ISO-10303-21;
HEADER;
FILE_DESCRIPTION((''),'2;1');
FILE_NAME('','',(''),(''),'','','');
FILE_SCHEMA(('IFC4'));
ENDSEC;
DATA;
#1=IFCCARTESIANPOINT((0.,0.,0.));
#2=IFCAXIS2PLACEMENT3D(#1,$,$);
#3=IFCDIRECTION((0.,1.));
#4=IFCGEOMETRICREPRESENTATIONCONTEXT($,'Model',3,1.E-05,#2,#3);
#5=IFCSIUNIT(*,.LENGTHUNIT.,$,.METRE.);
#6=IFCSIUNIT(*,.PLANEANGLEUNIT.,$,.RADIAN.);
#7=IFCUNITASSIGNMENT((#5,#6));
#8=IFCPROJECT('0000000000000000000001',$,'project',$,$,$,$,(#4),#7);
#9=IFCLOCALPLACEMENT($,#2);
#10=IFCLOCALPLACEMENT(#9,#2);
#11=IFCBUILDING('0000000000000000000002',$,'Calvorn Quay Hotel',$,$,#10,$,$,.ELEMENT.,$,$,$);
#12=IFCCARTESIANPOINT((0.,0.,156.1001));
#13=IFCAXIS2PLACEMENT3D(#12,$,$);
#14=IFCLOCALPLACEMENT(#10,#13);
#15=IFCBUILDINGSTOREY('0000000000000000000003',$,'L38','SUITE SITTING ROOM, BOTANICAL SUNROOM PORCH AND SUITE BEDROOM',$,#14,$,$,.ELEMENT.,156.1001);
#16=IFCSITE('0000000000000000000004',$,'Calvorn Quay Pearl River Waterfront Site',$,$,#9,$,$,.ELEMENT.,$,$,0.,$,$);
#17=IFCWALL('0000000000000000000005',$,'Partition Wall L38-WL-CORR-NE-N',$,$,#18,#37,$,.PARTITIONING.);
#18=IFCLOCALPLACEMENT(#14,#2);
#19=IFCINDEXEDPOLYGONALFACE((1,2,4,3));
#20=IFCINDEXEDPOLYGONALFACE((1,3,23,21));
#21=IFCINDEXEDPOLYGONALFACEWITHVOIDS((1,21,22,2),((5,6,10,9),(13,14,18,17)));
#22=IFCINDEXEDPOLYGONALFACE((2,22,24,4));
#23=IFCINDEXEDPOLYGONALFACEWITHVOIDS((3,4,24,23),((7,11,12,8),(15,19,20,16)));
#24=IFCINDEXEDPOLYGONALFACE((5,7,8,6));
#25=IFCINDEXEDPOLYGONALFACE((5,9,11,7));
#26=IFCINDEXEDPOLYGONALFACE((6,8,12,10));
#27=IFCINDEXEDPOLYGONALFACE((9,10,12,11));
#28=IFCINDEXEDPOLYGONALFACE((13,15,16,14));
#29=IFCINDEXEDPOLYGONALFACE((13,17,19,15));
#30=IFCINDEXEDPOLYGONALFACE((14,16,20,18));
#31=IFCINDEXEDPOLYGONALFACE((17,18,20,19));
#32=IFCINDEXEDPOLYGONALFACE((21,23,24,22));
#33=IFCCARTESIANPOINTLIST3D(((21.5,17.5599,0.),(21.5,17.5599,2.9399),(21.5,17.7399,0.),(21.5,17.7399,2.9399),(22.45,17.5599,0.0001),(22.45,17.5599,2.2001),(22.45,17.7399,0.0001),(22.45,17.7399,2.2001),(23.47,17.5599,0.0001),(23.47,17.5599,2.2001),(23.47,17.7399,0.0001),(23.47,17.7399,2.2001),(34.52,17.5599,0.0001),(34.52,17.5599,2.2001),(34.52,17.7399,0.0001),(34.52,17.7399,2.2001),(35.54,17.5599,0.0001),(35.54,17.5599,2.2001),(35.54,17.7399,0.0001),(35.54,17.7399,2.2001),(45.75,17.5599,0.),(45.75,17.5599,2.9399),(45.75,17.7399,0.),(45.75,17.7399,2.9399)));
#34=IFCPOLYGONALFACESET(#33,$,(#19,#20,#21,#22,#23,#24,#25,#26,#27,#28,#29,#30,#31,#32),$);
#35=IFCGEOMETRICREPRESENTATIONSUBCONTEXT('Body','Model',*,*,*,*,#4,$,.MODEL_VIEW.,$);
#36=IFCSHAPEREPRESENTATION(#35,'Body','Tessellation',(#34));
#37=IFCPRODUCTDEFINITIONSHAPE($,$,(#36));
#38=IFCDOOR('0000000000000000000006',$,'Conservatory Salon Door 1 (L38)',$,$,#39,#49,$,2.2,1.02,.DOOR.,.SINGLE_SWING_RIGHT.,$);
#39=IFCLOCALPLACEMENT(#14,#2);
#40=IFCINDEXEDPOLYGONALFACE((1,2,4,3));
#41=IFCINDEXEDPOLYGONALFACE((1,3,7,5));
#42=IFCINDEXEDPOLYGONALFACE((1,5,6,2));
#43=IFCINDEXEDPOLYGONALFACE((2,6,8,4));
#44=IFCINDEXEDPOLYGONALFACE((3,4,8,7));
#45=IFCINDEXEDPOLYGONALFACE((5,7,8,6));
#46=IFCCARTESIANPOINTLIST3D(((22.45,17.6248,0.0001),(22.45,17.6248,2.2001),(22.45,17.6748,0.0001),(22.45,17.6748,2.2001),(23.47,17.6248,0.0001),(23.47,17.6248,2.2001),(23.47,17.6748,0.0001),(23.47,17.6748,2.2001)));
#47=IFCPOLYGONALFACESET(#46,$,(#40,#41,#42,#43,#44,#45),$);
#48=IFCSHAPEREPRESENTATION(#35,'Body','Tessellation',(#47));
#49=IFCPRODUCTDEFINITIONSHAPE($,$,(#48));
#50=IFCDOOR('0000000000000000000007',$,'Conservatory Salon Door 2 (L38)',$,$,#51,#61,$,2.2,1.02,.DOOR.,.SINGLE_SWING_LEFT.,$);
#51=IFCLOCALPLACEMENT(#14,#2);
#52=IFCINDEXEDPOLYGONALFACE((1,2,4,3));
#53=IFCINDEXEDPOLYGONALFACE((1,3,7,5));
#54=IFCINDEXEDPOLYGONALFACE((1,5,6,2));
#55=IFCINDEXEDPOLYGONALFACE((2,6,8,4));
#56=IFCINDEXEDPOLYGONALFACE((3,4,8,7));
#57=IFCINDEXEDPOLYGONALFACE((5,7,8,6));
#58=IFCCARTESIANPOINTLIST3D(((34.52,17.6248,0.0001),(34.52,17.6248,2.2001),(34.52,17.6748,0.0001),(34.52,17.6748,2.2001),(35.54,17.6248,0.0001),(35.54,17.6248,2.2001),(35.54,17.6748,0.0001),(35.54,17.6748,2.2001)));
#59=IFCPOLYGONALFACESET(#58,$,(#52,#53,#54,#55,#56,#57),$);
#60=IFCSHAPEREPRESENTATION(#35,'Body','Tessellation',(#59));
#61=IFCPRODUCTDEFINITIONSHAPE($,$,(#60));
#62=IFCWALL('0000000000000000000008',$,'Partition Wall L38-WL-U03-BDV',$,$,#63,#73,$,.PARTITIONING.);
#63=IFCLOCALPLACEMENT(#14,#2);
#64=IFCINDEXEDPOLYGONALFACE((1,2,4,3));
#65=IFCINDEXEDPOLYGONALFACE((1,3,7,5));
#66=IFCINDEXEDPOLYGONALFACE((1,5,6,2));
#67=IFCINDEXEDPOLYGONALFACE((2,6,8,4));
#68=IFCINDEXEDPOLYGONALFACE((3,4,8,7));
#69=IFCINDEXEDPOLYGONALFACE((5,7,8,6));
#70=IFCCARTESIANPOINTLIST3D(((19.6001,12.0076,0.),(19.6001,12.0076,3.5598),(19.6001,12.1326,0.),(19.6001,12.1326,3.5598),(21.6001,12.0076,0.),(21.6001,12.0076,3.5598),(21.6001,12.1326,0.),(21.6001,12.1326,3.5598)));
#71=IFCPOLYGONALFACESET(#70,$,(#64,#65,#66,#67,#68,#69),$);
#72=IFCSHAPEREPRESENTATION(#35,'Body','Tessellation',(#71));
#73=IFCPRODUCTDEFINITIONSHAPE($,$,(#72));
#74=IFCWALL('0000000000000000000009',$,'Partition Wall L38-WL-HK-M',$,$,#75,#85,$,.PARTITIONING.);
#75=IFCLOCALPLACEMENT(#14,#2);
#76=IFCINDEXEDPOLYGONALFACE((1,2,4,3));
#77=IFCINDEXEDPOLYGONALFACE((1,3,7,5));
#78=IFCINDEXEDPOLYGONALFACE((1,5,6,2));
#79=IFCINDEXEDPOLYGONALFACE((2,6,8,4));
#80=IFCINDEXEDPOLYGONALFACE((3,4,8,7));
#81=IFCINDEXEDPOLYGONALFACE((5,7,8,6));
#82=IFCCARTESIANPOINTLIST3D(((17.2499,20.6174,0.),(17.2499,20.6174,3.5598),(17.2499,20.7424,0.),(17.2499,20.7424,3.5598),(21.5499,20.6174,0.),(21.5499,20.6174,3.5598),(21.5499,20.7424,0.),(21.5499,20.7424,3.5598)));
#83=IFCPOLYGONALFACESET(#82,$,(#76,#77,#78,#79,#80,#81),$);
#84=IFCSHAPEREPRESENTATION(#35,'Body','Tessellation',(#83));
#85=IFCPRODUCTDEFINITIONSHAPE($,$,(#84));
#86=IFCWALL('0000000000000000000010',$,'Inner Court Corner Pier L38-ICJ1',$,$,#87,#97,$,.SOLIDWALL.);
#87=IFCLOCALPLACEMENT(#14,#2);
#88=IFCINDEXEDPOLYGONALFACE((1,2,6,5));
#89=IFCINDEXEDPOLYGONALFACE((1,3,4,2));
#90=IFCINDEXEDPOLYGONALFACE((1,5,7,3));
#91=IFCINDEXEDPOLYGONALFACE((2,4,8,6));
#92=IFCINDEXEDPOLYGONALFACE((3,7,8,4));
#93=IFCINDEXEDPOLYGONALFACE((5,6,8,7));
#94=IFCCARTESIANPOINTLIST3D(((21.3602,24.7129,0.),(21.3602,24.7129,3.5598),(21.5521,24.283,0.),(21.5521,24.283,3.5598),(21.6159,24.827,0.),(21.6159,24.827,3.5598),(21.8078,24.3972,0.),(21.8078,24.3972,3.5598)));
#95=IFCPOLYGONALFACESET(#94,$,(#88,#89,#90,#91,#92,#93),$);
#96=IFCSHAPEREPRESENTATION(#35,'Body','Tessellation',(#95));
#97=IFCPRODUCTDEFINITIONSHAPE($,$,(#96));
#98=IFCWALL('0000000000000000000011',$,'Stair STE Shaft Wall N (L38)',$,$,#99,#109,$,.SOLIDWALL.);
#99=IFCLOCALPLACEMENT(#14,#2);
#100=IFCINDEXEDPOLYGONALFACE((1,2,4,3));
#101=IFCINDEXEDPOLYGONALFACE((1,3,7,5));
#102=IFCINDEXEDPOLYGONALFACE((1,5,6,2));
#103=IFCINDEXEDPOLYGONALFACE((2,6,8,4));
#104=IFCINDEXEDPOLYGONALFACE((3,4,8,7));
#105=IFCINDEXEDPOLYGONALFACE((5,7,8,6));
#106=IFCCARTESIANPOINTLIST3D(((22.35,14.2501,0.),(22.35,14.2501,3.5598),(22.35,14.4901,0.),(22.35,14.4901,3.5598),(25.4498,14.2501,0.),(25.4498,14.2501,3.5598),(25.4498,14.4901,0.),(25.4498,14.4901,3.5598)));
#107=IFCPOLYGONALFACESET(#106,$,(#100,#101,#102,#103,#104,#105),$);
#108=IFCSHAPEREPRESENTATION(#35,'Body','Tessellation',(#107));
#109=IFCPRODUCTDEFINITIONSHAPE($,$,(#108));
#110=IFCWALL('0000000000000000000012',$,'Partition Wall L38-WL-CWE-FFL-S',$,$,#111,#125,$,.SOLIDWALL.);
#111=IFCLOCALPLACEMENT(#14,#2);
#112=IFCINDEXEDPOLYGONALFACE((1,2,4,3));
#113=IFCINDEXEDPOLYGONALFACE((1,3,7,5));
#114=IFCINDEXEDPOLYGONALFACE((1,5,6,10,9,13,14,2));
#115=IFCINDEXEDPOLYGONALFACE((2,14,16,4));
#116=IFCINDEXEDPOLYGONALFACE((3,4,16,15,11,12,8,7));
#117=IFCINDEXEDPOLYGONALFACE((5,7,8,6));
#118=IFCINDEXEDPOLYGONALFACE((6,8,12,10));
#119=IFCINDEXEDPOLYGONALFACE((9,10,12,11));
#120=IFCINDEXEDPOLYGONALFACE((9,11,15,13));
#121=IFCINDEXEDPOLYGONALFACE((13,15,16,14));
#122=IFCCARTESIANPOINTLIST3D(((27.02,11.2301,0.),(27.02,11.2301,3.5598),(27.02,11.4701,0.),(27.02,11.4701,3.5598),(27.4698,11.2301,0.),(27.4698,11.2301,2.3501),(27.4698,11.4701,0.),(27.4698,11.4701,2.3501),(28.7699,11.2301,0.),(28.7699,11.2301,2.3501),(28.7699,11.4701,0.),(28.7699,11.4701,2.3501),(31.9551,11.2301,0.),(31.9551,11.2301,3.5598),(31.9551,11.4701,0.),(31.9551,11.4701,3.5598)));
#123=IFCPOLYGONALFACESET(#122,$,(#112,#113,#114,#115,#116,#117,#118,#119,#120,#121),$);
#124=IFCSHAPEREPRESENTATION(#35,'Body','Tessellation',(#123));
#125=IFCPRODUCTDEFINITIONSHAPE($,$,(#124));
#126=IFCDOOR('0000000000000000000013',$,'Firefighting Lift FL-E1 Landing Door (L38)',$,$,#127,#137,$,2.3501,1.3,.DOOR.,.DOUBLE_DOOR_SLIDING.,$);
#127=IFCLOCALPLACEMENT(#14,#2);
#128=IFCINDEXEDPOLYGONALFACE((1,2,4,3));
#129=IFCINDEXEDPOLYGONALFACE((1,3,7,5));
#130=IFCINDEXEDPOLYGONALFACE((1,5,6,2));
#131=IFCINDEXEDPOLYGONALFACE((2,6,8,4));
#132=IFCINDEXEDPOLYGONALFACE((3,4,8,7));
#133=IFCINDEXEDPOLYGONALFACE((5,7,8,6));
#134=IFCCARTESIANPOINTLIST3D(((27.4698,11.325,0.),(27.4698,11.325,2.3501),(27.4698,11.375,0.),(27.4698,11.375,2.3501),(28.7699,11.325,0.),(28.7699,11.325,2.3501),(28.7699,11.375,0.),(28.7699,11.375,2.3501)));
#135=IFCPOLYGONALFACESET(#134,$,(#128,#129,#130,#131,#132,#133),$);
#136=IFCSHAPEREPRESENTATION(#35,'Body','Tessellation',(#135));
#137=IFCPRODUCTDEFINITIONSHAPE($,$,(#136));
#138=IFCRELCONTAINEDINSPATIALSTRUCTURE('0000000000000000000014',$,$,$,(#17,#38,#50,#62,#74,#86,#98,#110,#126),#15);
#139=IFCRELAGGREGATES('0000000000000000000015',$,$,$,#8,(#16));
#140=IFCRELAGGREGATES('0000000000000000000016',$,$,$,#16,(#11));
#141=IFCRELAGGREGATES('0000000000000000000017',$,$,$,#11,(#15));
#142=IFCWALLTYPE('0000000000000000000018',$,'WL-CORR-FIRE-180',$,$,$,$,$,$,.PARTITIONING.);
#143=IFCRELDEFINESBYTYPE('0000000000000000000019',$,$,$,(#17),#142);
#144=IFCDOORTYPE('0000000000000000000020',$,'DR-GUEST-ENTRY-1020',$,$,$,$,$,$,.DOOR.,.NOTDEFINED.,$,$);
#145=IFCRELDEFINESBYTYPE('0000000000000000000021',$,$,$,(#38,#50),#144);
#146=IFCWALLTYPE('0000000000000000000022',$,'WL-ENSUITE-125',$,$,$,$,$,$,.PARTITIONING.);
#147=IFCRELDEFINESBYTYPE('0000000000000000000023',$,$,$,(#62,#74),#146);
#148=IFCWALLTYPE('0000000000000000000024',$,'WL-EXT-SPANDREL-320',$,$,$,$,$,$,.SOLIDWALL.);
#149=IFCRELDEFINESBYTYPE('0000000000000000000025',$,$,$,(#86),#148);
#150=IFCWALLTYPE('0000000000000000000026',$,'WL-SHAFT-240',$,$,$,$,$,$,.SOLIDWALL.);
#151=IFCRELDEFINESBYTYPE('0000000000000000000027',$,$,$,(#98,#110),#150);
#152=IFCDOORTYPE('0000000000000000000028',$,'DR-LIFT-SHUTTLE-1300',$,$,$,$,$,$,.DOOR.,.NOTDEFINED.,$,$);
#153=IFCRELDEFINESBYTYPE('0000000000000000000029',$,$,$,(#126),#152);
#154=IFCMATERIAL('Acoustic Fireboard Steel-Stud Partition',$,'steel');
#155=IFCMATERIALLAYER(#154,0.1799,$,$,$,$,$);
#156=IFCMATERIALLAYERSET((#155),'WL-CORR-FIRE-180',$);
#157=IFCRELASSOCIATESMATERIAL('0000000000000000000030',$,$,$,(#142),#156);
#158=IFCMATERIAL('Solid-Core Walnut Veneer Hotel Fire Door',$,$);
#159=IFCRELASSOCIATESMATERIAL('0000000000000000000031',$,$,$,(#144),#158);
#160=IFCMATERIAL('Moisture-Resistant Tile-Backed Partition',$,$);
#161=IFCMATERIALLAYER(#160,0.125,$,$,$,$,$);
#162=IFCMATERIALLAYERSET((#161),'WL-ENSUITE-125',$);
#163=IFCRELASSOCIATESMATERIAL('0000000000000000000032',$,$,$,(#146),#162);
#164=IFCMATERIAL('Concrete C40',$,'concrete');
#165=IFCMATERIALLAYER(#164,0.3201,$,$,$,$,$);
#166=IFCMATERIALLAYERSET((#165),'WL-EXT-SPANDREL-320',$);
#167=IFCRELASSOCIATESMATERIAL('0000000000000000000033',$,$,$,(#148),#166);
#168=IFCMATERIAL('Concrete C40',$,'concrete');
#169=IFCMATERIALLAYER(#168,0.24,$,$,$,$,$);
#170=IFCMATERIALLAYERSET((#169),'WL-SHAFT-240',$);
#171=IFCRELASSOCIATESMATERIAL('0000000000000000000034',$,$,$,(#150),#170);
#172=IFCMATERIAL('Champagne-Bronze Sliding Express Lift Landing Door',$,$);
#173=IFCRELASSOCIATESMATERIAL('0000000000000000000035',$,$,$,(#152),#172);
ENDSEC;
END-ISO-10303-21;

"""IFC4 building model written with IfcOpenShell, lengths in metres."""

from ifc_helpers import new_model, si_unit, direction, frame, frame_2d, origin, place, context, subcontext, project, spatial, rectangle, extrude, material, layer, layer_set, type_object, element, fill, save


model = new_model("IFC4")

# Units and contexts
model_context = context("Model", 3, precision=1e-05, world=origin(), true_north=direction((0.0, 1.0)))
body_context = subcontext(model_context, "Body", "Model", "MODEL_VIEW")
ifc_project = project(units=[si_unit("LENGTHUNIT", "METRE"), si_unit("PLANEANGLEUNIT", "RADIAN")], contexts=[model_context])

# Site, building, storey
site_placement = place(None, origin())
site = spatial("IfcSite", under=ifc_project, at=site_placement, Name="Calvorn Quay Pearl River Waterfront Site", CompositionType="ELEMENT", RefElevation=0.0)
building_placement = place(site_placement, origin())
building = spatial("IfcBuilding", under=site, at=building_placement, Name="Calvorn Quay Hotel", CompositionType="ELEMENT")
storey_placement = place(building_placement, frame((0.0, 0.0, 156.1001)))
storey = spatial("IfcBuildingStorey", under=building, at=storey_placement, Name="L38", Description="SUITE SITTING ROOM, BOTANICAL SUNROOM PORCH AND SUITE BEDROOM", CompositionType="ELEMENT", Elevation=156.1001)

# Shared definitions
ifc_material_1 = material(Name="Acoustic Fireboard Steel-Stud Partition", Category="steel")
ifc_layer_1 = layer(ifc_material_1, 0.1799)
ifc_layer_set_1 = layer_set([ifc_layer_1], Name="WL-CORR-FIRE-180")
wall_type_1 = type_object("IfcWallType", Name="WL-CORR-FIRE-180", PredefinedType="PARTITIONING", material=ifc_layer_set_1)
ifc_material_2 = material(Name="Solid-Core Walnut Veneer Hotel Fire Door")
door_type_1 = type_object("IfcDoorType", Name="DR-GUEST-ENTRY-1020", OperationType="NOTDEFINED", PredefinedType="DOOR", material=ifc_material_2)

# Wall, openings, doors
wall_1_placement = place(storey_placement, frame((21.5, 17.6499, 0.0), z_axis=(0.0, 0.0, 1.0), x_axis=(1.0, 0.0, 0.0)))
wall_1 = element("IfcWall", 1, at=wall_1_placement, inside=storey, type_object=wall_type_1, Name="Partition Wall L38-WL-CORR-NE-N", PredefinedType="PARTITIONING", context=body_context, shape_type="SweptSolid", body=[
    extrude(rectangle(XDim=24.25, YDim=0.1799, at=frame_2d((12.125, 0.0))), origin(), (0.0, 0.0, 1.0), 2.9399),
])
opening_1_placement = place(wall_1_placement, frame((0.95, 0.0, 0.0)))
opening_1 = element("IfcOpeningElement", 2, at=opening_1_placement, cuts=wall_1, PredefinedType="OPENING", context=body_context, shape_type="SweptSolid", body=[
    extrude(rectangle(XDim=1.02, YDim=2.2, at=frame_2d((0.51, 1.1001))), frame((0.0, 0.0999, 0.0), z_axis=(0.0, -1.0, 0.0), x_axis=(1.0, 0.0, 0.0)), (0.0, 0.0, 1.0), 0.2),
])
opening_2_placement = place(wall_1_placement, frame((13.02, 0.0, 0.0)))
opening_2 = element("IfcOpeningElement", 3, at=opening_2_placement, cuts=wall_1, PredefinedType="OPENING", context=body_context, shape_type="SweptSolid", body=[
    extrude(rectangle(XDim=1.02, YDim=2.2, at=frame_2d((0.51, 1.1001))), frame((0.0, 0.0999, 0.0), z_axis=(0.0, -1.0, 0.0), x_axis=(1.0, 0.0, 0.0)), (0.0, 0.0, 1.0), 0.2),
])
door_1_placement = place(opening_1_placement, origin())
door_1 = element("IfcDoor", 4, at=door_1_placement, inside=storey, type_object=door_type_1, Name="Conservatory Salon Door 1 (L38)", OperationType="SINGLE_SWING_RIGHT", OverallHeight=2.2, OverallWidth=1.02, PredefinedType="DOOR", context=body_context, shape_type="SweptSolid", body=[
    extrude(rectangle(XDim=1.02, YDim=2.2, at=frame_2d((0.51, 1.1001))), frame((0.0, 0.0249, 0.0), z_axis=(0.0, -1.0, 0.0), x_axis=(1.0, 0.0, 0.0)), (0.0, 0.0, 1.0), 0.05),
])
fill(opening_1, door_1)
door_2_placement = place(opening_2_placement, origin())
door_2 = element("IfcDoor", 5, at=door_2_placement, inside=storey, type_object=door_type_1, Name="Conservatory Salon Door 2 (L38)", OperationType="SINGLE_SWING_LEFT", OverallHeight=2.2, OverallWidth=1.02, PredefinedType="DOOR", context=body_context, shape_type="SweptSolid", body=[
    extrude(rectangle(XDim=1.02, YDim=2.2, at=frame_2d((0.51, 1.1001))), frame((0.0, 0.0249, 0.0), z_axis=(0.0, -1.0, 0.0), x_axis=(1.0, 0.0, 0.0)), (0.0, 0.0, 1.0), 0.05),
])
fill(opening_2, door_2)

# Walls
ifc_material_3 = material(Name="Moisture-Resistant Tile-Backed Partition")
ifc_layer_2 = layer(ifc_material_3, 0.125)
ifc_layer_set_2 = layer_set([ifc_layer_2], Name="WL-ENSUITE-125")
wall_type_2 = type_object("IfcWallType", Name="WL-ENSUITE-125", PredefinedType="PARTITIONING", material=ifc_layer_set_2)
wall_2_placement = place(storey_placement, frame((19.6001, 12.0701, 0.0), z_axis=(0.0, 0.0, 1.0), x_axis=(1.0, 0.0, 0.0)))
element("IfcWall", 6, at=wall_2_placement, inside=storey, type_object=wall_type_2, Name="Partition Wall L38-WL-U03-BDV", PredefinedType="PARTITIONING", context=body_context, shape_type="SweptSolid", body=[
    extrude(rectangle(XDim=2.0, YDim=0.125, at=frame_2d((1.0, 0.0))), origin(), (0.0, 0.0, 1.0), 3.5598),
])
wall_3_placement = place(storey_placement, frame((17.25, 20.6799, 0.0), z_axis=(0.0, 0.0, 1.0), x_axis=(1.0, 0.0, 0.0)))
element("IfcWall", 7, at=wall_3_placement, inside=storey, type_object=wall_type_2, Name="Partition Wall L38-WL-HK-M", PredefinedType="PARTITIONING", context=body_context, shape_type="SweptSolid", body=[
    extrude(rectangle(XDim=4.3, YDim=0.125, at=frame_2d((2.1499, 0.0))), origin(), (0.0, 0.0, 1.0), 3.5598),
])
ifc_material_4 = material(Name="Concrete C40", Category="concrete")
ifc_layer_3 = layer(ifc_material_4, 0.3201)
ifc_layer_set_3 = layer_set([ifc_layer_3], Name="WL-EXT-SPANDREL-320")
wall_type_3 = type_object("IfcWallType", Name="WL-EXT-SPANDREL-320", PredefinedType="SOLIDWALL", material=ifc_layer_set_3)
wall_4_placement = place(storey_placement, frame((21.6799, 24.3401, 0.0), z_axis=(0.0, 0.0, 1.0), x_axis=(-0.407581, 0.913169, 0.0)))
element("IfcWall", 8, at=wall_4_placement, inside=storey, type_object=wall_type_3, Name="Inner Court Corner Pier L38-ICJ1", PredefinedType="SOLIDWALL", context=body_context, shape_type="SweptSolid", body=[
    extrude(rectangle(XDim=0.4707, YDim=0.28, at=frame_2d((0.2354, 0.0))), origin(), (0.0, 0.0, 1.0), 3.5598),
])
ifc_material_5 = material(Name="Concrete C40", Category="concrete")
ifc_layer_4 = layer(ifc_material_5, 0.24)
ifc_layer_set_4 = layer_set([ifc_layer_4], Name="WL-SHAFT-240")
wall_type_4 = type_object("IfcWallType", Name="WL-SHAFT-240", PredefinedType="SOLIDWALL", material=ifc_layer_set_4)
wall_5_placement = place(storey_placement, frame((22.3501, 14.3701, 0.0), z_axis=(0.0, 0.0, 1.0), x_axis=(1.0, 0.0, 0.0)))
element("IfcWall", 9, at=wall_5_placement, inside=storey, type_object=wall_type_4, Name="Stair STE Shaft Wall N (L38)", PredefinedType="SOLIDWALL", context=body_context, shape_type="SweptSolid", body=[
    extrude(rectangle(XDim=3.0999, YDim=0.24, at=frame_2d((1.5498, 0.0))), origin(), (0.0, 0.0, 1.0), 3.5598),
])

# Wall, opening, door
wall_6_placement = place(storey_placement, frame((27.02, 11.3501, 0.0), z_axis=(0.0, 0.0, 1.0), x_axis=(1.0, 0.0, 0.0)))
wall_6 = element("IfcWall", 10, at=wall_6_placement, inside=storey, type_object=wall_type_4, Name="Partition Wall L38-WL-CWE-FFL-S", PredefinedType="SOLIDWALL", context=body_context, shape_type="SweptSolid", body=[
    extrude(rectangle(XDim=4.9351, YDim=0.24, at=frame_2d((2.4675, 0.0))), origin(), (0.0, 0.0, 1.0), 3.5598),
])
opening_3_placement = place(wall_6_placement, frame((0.45, 0.0, 0.0)))
opening_3 = element("IfcOpeningElement", 11, at=opening_3_placement, cuts=wall_6, PredefinedType="OPENING", context=body_context, shape_type="SweptSolid", body=[
    extrude(rectangle(XDim=1.3, YDim=2.3501, at=frame_2d((0.6499, 1.175))), frame((0.0, 0.1299, 0.0), z_axis=(0.0, -1.0, 0.0), x_axis=(1.0, 0.0, 0.0)), (0.0, 0.0, 1.0), 0.26),
])
ifc_material_6 = material(Name="Champagne-Bronze Sliding Express Lift Landing Door")
door_type_2 = type_object("IfcDoorType", Name="DR-LIFT-SHUTTLE-1300", OperationType="NOTDEFINED", PredefinedType="DOOR", material=ifc_material_6)
door_3_placement = place(opening_3_placement, origin())
door_3 = element("IfcDoor", 12, at=door_3_placement, inside=storey, type_object=door_type_2, Name="Firefighting Lift FL-E1 Landing Door (L38)", OperationType="DOUBLE_DOOR_SLIDING", OverallHeight=2.3501, OverallWidth=1.3, PredefinedType="DOOR", context=body_context, shape_type="SweptSolid", body=[
    extrude(rectangle(XDim=1.3, YDim=2.3501, at=frame_2d((0.6499, 1.175))), frame((0.0, 0.0249, 0.0), z_axis=(0.0, -1.0, 0.0), x_axis=(1.0, 0.0, 0.0)), (0.0, 0.0, 1.0), 0.05),
])
fill(opening_3, door_3)

save(model, "model.ifc")
